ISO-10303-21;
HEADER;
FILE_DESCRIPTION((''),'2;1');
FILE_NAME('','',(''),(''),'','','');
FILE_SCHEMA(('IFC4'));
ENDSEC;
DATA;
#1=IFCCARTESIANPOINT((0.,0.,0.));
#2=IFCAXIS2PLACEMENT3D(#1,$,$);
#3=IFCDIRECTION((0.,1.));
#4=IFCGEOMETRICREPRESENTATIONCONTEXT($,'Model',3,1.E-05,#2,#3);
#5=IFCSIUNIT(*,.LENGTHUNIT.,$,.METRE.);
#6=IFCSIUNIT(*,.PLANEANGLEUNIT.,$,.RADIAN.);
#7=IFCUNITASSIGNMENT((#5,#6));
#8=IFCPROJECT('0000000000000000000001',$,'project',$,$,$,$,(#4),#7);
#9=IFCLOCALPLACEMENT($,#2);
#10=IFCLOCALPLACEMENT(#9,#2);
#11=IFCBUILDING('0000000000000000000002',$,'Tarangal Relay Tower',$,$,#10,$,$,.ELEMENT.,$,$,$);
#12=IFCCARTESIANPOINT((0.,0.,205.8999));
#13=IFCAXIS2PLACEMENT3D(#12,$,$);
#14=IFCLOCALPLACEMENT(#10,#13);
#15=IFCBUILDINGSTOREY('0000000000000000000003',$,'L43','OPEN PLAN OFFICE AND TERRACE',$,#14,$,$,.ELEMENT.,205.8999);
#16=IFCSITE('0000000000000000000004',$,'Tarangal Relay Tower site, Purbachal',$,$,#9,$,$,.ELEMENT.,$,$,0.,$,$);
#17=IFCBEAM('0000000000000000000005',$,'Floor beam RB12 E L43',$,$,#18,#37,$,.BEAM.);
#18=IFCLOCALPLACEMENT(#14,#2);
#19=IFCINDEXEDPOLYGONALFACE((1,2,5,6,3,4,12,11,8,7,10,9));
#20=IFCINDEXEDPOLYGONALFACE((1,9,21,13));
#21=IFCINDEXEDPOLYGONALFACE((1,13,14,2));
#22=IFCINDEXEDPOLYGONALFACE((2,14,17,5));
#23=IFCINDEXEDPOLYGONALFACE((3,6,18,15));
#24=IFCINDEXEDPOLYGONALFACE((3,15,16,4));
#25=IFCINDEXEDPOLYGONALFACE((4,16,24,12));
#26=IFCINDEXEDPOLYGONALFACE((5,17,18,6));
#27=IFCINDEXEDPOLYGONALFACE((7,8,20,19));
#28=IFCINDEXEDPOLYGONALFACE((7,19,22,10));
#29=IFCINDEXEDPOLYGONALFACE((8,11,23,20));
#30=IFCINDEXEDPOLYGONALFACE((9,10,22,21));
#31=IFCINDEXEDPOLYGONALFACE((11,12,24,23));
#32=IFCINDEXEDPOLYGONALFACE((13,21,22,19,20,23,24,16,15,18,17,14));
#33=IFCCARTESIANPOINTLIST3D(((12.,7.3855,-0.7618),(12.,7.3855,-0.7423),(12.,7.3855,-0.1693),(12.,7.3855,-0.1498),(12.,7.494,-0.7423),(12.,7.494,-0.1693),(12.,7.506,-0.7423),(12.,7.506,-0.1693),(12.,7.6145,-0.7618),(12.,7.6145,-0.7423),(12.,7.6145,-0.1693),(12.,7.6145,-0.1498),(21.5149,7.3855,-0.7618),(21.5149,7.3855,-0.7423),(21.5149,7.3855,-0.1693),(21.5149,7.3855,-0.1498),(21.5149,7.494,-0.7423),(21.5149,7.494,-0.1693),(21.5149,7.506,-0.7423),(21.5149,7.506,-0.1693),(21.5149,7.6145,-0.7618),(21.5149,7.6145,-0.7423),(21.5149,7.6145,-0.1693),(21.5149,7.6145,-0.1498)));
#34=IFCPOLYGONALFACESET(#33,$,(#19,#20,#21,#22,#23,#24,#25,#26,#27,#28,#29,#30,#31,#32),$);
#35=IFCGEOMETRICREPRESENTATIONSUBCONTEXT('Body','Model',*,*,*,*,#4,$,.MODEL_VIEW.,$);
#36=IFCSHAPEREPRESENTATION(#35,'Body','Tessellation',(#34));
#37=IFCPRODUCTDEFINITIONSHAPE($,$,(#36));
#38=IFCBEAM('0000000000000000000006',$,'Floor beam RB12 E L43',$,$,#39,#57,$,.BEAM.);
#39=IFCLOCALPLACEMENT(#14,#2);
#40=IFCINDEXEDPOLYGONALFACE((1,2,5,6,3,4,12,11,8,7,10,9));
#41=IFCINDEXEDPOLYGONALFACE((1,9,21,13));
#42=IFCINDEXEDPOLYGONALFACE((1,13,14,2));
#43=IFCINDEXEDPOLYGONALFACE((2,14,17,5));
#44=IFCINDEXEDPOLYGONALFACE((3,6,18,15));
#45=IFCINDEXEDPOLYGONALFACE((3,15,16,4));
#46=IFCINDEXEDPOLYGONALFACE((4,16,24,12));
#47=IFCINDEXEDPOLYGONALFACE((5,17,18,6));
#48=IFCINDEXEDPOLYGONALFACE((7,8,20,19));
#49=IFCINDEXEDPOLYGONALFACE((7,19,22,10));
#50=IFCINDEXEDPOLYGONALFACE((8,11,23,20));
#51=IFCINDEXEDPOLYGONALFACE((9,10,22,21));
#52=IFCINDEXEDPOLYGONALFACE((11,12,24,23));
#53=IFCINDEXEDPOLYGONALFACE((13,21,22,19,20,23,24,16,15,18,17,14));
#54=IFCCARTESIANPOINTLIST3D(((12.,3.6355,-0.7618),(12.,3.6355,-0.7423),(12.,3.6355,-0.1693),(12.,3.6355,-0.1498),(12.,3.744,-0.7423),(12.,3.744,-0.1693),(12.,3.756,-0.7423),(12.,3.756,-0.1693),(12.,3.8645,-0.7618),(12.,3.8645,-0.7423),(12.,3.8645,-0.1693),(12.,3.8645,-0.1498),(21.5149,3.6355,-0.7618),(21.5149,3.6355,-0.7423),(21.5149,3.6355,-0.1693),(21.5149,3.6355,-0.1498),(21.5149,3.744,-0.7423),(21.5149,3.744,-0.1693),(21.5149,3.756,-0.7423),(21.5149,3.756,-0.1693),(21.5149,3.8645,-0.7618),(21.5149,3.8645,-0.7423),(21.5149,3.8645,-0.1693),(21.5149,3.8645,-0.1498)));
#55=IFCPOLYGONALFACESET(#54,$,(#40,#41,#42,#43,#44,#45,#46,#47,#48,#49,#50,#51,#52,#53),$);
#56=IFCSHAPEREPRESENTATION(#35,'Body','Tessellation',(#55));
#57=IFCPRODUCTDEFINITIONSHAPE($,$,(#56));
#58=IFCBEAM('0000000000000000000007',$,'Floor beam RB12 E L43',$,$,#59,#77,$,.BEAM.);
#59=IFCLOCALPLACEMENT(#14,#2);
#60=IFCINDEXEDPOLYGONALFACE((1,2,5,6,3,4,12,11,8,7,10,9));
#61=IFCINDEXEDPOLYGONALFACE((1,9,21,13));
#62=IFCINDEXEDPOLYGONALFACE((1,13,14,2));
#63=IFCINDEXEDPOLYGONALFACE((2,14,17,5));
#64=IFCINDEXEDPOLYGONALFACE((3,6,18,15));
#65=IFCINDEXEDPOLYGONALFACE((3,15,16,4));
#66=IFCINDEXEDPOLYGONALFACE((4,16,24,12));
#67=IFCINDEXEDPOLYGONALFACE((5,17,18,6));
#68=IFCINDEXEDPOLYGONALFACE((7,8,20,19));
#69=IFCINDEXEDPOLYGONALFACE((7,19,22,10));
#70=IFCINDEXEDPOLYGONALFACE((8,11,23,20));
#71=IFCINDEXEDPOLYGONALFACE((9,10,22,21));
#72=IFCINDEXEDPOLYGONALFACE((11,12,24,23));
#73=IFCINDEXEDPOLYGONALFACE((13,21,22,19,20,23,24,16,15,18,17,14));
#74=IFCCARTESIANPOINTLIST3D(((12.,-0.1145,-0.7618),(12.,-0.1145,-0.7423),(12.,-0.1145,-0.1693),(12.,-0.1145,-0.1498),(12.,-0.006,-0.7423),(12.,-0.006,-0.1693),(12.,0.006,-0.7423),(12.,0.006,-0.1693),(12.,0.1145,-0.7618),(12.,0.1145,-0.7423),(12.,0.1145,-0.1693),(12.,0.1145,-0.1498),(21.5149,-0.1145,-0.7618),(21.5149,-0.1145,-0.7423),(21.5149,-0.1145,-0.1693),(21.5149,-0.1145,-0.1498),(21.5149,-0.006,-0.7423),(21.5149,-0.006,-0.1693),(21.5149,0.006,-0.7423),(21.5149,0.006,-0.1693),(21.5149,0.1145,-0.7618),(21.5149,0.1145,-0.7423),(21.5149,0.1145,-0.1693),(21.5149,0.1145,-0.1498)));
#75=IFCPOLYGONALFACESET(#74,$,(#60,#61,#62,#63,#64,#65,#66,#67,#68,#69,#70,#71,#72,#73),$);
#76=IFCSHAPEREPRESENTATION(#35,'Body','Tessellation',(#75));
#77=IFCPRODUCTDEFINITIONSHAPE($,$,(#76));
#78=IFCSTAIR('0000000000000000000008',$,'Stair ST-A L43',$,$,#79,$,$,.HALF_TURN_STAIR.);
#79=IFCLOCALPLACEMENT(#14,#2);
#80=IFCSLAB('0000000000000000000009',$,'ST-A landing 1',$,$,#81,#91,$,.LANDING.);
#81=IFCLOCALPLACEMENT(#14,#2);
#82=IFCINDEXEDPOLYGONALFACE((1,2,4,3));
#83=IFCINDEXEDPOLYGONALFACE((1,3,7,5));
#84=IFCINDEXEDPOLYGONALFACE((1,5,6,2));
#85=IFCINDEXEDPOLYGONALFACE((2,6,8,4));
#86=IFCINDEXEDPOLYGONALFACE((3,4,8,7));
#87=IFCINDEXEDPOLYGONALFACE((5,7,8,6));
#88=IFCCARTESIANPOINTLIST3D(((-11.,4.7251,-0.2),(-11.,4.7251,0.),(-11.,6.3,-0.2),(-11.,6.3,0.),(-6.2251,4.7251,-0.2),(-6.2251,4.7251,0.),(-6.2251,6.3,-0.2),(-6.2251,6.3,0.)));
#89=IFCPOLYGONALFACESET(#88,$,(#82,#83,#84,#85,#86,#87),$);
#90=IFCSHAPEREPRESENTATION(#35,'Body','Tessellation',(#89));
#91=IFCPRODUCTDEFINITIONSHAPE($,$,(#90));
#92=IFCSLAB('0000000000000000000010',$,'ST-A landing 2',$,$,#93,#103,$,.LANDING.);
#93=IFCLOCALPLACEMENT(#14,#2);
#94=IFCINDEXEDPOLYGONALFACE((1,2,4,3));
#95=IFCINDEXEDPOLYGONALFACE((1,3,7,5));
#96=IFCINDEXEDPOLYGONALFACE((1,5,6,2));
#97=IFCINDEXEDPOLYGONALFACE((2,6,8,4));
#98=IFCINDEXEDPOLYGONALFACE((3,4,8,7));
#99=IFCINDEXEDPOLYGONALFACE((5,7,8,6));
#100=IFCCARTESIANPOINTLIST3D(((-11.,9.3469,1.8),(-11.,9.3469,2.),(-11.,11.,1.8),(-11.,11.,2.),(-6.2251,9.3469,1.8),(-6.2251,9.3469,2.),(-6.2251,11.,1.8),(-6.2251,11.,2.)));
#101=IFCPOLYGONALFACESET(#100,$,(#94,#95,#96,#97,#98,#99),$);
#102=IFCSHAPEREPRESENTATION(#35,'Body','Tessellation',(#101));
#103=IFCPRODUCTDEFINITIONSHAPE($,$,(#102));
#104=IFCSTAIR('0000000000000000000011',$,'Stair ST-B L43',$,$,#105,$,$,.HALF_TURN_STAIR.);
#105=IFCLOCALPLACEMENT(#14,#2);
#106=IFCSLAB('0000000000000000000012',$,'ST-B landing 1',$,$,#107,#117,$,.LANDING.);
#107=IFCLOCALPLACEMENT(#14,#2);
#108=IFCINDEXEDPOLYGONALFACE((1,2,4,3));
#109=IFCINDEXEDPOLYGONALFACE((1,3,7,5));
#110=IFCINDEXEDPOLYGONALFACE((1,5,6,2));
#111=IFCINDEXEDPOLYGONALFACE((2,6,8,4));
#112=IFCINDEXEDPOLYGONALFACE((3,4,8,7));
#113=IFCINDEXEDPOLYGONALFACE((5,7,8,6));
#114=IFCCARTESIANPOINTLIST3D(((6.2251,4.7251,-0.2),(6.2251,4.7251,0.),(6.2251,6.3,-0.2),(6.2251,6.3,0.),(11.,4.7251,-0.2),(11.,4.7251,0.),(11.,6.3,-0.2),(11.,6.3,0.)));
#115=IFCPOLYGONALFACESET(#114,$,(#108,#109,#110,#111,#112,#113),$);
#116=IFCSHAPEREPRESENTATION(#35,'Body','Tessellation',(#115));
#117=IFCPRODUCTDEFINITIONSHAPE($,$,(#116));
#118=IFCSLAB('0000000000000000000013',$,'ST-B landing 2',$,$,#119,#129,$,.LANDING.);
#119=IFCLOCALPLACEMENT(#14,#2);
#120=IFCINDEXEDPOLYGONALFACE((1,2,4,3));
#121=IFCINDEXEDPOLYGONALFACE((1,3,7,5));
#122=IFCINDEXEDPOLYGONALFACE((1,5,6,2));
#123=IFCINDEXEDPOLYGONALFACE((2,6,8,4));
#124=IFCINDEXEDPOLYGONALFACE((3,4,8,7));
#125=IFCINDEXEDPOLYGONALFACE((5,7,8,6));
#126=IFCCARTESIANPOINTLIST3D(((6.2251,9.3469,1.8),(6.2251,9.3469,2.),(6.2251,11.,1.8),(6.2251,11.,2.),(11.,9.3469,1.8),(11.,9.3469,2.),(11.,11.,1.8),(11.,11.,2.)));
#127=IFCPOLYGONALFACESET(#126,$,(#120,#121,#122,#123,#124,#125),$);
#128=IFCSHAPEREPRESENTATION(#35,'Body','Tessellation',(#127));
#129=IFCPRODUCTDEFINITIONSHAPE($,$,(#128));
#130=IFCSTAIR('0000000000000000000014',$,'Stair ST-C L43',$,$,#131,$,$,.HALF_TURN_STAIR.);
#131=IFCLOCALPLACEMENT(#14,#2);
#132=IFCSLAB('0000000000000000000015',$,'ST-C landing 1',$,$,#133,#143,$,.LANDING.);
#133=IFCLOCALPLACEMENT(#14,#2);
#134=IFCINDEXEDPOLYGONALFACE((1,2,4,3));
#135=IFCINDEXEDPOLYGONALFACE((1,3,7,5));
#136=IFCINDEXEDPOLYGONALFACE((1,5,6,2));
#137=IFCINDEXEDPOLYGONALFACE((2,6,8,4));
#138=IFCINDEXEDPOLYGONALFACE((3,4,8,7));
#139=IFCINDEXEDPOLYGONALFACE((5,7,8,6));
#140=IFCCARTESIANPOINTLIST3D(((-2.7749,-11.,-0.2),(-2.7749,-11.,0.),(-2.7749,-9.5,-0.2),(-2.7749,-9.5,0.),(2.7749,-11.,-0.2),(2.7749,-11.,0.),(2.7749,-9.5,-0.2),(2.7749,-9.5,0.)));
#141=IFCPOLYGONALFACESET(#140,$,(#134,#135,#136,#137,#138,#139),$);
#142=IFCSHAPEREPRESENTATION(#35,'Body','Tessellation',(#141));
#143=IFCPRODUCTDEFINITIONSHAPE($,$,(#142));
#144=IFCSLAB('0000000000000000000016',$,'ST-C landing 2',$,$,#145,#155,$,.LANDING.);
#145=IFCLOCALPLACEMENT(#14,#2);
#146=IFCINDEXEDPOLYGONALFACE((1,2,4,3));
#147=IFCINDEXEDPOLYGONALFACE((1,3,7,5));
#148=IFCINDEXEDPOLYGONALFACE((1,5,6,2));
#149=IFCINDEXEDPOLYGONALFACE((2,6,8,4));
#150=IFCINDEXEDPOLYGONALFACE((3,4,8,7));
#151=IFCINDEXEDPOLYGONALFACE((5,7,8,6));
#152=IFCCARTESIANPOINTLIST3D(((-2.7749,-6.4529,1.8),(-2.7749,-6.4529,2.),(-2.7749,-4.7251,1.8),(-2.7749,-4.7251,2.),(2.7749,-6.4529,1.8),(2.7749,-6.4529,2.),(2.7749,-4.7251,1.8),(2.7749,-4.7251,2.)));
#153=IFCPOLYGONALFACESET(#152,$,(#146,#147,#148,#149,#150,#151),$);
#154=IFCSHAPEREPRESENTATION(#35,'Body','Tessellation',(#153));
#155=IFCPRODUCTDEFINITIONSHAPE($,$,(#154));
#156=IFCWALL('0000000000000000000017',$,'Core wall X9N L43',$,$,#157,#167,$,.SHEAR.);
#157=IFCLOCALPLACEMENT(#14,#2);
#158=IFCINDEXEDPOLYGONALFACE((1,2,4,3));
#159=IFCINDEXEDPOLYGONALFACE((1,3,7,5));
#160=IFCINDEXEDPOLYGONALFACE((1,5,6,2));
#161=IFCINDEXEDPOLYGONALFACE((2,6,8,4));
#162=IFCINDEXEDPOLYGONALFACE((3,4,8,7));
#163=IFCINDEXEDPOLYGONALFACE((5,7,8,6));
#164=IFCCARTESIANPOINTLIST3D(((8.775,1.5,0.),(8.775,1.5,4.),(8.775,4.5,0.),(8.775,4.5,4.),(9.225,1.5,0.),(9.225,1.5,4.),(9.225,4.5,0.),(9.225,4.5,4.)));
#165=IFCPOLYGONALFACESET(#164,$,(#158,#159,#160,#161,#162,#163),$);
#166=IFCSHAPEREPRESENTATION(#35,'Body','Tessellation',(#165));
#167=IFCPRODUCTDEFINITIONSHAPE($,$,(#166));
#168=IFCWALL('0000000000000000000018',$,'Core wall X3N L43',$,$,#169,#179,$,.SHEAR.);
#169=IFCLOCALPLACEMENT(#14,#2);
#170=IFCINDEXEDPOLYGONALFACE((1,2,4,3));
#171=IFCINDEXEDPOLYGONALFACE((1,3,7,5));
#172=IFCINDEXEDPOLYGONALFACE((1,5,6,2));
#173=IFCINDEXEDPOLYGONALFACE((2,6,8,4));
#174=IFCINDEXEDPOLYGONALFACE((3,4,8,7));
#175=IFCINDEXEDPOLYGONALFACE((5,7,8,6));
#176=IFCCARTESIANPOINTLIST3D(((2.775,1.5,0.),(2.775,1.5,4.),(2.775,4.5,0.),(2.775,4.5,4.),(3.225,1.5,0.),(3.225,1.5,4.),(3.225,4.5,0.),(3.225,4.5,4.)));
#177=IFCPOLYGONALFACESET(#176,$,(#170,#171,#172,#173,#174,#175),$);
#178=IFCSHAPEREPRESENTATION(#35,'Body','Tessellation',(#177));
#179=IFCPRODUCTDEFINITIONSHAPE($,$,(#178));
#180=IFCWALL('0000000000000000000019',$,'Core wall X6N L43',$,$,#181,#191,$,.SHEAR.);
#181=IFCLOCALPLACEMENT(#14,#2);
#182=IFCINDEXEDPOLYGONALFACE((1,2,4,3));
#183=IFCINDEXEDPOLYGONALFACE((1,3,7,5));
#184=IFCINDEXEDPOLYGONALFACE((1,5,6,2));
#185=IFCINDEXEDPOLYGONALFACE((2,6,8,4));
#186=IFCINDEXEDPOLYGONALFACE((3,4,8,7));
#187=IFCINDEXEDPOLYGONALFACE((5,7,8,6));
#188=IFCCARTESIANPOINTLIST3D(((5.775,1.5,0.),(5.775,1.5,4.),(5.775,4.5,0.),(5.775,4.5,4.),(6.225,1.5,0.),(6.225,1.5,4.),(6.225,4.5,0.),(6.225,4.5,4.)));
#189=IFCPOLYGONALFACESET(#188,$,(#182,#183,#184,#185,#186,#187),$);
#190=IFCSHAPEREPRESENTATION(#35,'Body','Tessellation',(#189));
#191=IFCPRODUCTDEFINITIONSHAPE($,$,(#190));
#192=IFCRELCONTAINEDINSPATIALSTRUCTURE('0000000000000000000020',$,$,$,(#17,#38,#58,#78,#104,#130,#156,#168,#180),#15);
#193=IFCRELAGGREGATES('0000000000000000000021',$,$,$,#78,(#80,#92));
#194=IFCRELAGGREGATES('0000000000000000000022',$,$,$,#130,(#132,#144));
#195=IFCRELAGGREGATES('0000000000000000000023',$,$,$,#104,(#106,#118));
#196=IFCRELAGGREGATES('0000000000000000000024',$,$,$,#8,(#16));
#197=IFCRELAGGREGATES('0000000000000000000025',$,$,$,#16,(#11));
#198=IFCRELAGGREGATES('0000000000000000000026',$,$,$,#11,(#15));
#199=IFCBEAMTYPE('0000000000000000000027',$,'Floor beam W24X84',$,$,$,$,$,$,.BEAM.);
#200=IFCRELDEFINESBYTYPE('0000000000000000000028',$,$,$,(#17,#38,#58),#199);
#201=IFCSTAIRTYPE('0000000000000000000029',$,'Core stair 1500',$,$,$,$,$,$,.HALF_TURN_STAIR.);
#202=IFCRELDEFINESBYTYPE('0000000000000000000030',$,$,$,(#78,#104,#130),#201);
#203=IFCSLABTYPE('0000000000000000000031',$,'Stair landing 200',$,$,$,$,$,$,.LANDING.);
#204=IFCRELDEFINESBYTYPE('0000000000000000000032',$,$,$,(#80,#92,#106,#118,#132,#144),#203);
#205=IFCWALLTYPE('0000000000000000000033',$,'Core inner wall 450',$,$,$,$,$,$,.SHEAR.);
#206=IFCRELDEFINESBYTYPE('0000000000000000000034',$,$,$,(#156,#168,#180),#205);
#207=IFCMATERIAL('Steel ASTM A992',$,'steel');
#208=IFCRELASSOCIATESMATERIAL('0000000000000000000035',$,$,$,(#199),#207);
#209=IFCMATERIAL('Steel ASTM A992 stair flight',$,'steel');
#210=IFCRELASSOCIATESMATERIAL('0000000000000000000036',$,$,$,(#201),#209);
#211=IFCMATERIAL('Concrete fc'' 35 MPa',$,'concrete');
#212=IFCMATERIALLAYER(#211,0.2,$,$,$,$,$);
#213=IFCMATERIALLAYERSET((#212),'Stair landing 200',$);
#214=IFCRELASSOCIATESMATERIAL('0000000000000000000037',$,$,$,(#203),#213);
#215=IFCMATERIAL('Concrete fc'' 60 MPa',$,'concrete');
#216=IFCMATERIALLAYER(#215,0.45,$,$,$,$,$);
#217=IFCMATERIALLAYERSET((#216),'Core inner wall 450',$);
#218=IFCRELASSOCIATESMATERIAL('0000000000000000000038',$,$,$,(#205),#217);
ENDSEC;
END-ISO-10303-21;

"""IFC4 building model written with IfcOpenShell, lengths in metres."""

from ifc_helpers import new_model, si_unit, direction, frame, frame_2d, origin, origin_2d, place, context, subcontext, project, spatial, polyline, rectangle, i_section, outline, extrude, material, layer, layer_set, material_profile, profile_set, type_object, element, aggregate, save


model = new_model("IFC4")

# Units and contexts
model_context = context("Model", 3, precision=1e-05, world=origin(), true_north=direction((0.0, 1.0)))
body_context = subcontext(model_context, "Body", "Model", "MODEL_VIEW")
ifc_project = project(units=[si_unit("LENGTHUNIT", "METRE"), si_unit("PLANEANGLEUNIT", "RADIAN")], contexts=[model_context])

# Site, building, storey
site_placement = place(None, origin())
site = spatial("IfcSite", under=ifc_project, at=site_placement, Name="Tarangal Relay Tower site, Purbachal", CompositionType="ELEMENT", RefElevation=0.0)
building_placement = place(site_placement, origin())
building = spatial("IfcBuilding", under=site, at=building_placement, Name="Tarangal Relay Tower", CompositionType="ELEMENT")
storey_placement = place(building_placement, frame((0.0, 0.0, 205.8999)))
storey = spatial("IfcBuildingStorey", under=building, at=storey_placement, Name="L43", Description="OPEN PLAN OFFICE AND TERRACE", CompositionType="ELEMENT", Elevation=205.8999)

# Beams
ifc_material_1 = material(Name="Steel ASTM A992", Category="steel")
ifc_material_profile = material_profile(ifc_material_1, i_section(OverallWidth=0.229, OverallDepth=0.6121, WebThickness=0.012, FlangeThickness=0.0195, at=origin_2d()), Name="W24X84")
ifc_profile_set = profile_set([ifc_material_profile], Name="Steel ASTM A992")
beam_type = type_object("IfcBeamType", Name="Floor beam W24X84", PredefinedType="BEAM", material=ifc_profile_set)
for number, where, z_axis, x_axis, name in (
    (1, (12.0, 7.5, -0.4558), (1.0, 0.0, 0.0), (0.0, 1.0, 0.0), "Floor beam RB12 E L43"),
    (2, (12.0, 3.75, -0.4558), (1.0, 0.0, 0.0), (0.0, 1.0, 0.0), "Floor beam RB12 E L43"),
    (3, (12.0, 0.0, -0.4558), (1.0, 0.0, 0.0), (0.0, 1.0, 0.0), "Floor beam RB12 E L43"),
):
    element("IfcBeam", number, at=place(storey_placement, frame(where, z_axis=z_axis, x_axis=x_axis)), inside=storey, type_object=beam_type, Name=name, PredefinedType="BEAM", context=body_context, shape_type="SweptSolid", body=[
        extrude(i_section(OverallWidth=0.229, OverallDepth=0.6121, WebThickness=0.012, FlangeThickness=0.0195, at=origin_2d()), origin(), (0.0, 0.0, 1.0), 9.5149),
    ])

# Stairs, slabs
ifc_material_2 = material(Name="Steel ASTM A992 stair flight", Category="steel")
stair_type = type_object("IfcStairType", Name="Core stair 1500", PredefinedType="HALF_TURN_STAIR", material=ifc_material_2)
stair_1_placement = place(storey_placement, origin())
stair_1 = element("IfcStair", 4, at=stair_1_placement, inside=storey, type_object=stair_type, Name="Stair ST-A L43", PredefinedType="HALF_TURN_STAIR")
ifc_material_3 = material(Name="Concrete fc' 35 MPa", Category="concrete")
ifc_layer_1 = layer(ifc_material_3, 0.2)
ifc_layer_set_1 = layer_set([ifc_layer_1], Name="Stair landing 200")
slab_type = type_object("IfcSlabType", Name="Stair landing 200", PredefinedType="LANDING", material=ifc_layer_set_1)
slab_1_placement = place(storey_placement, frame((0.0, 0.0, -0.2)))
slab_1 = element("IfcSlab", 5, at=slab_1_placement, type_object=slab_type, Name="ST-A landing 1", PredefinedType="LANDING", context=body_context, shape_type="SweptSolid", body=[
    extrude(outline(polyline([(-11.0, 4.7251), (-6.2251, 4.7251), (-6.2251, 6.3), (-11.0, 6.3), (-11.0, 4.7251)])), origin(), (0.0, 0.0, 1.0), 0.2),
])
slab_2_placement = place(storey_placement, frame((0.0, 0.0, 1.8)))
slab_2 = element("IfcSlab", 6, at=slab_2_placement, type_object=slab_type, Name="ST-A landing 2", PredefinedType="LANDING", context=body_context, shape_type="SweptSolid", body=[
    extrude(outline(polyline([(-11.0, 9.3469), (-6.2251, 9.3469), (-6.2251, 11.0), (-11.0, 11.0), (-11.0, 9.3469)])), origin(), (0.0, 0.0, 1.0), 0.2),
])
aggregate(stair_1, [slab_1, slab_2])
stair_2_placement = place(storey_placement, origin())
stair_2 = element("IfcStair", 7, at=stair_2_placement, inside=storey, type_object=stair_type, Name="Stair ST-B L43", PredefinedType="HALF_TURN_STAIR")
slab_3_placement = place(storey_placement, frame((0.0, 0.0, -0.2)))
slab_3 = element("IfcSlab", 8, at=slab_3_placement, type_object=slab_type, Name="ST-B landing 1", PredefinedType="LANDING", context=body_context, shape_type="SweptSolid", body=[
    extrude(outline(polyline([(6.2251, 4.7251), (11.0, 4.7251), (11.0, 6.3), (6.2251, 6.3), (6.2251, 4.7251)])), origin(), (0.0, 0.0, 1.0), 0.2),
])
slab_4_placement = place(storey_placement, frame((0.0, 0.0, 1.8)))
slab_4 = element("IfcSlab", 9, at=slab_4_placement, type_object=slab_type, Name="ST-B landing 2", PredefinedType="LANDING", context=body_context, shape_type="SweptSolid", body=[
    extrude(outline(polyline([(6.2251, 9.3469), (11.0, 9.3469), (11.0, 11.0), (6.2251, 11.0), (6.2251, 9.3469)])), origin(), (0.0, 0.0, 1.0), 0.2),
])
stair_3_placement = place(storey_placement, origin())
stair_3 = element("IfcStair", 10, at=stair_3_placement, inside=storey, type_object=stair_type, Name="Stair ST-C L43", PredefinedType="HALF_TURN_STAIR")
slab_5_placement = place(storey_placement, frame((0.0, 0.0, -0.2)))
slab_5 = element("IfcSlab", 11, at=slab_5_placement, type_object=slab_type, Name="ST-C landing 1", PredefinedType="LANDING", context=body_context, shape_type="SweptSolid", body=[
    extrude(outline(polyline([(-2.7749, -11.0), (2.7749, -11.0), (2.7749, -9.5), (-2.7749, -9.5), (-2.7749, -11.0)])), origin(), (0.0, 0.0, 1.0), 0.2),
])
slab_6_placement = place(storey_placement, frame((0.0, 0.0, 1.8)))
slab_6 = element("IfcSlab", 12, at=slab_6_placement, type_object=slab_type, Name="ST-C landing 2", PredefinedType="LANDING", context=body_context, shape_type="SweptSolid", body=[
    extrude(outline(polyline([(-2.7749, -6.4529), (2.7749, -6.4529), (2.7749, -4.7251), (-2.7749, -4.7251), (-2.7749, -6.4529)])), origin(), (0.0, 0.0, 1.0), 0.2),
])
aggregate(stair_3, [slab_5, slab_6])

# Walls
ifc_material_4 = material(Name="Concrete fc' 60 MPa", Category="concrete")
ifc_layer_2 = layer(ifc_material_4, 0.45)
ifc_layer_set_2 = layer_set([ifc_layer_2], Name="Core inner wall 450")
wall_type = type_object("IfcWallType", Name="Core inner wall 450", PredefinedType="SHEAR", material=ifc_layer_set_2)
for number, where, z_axis, x_axis, name in (
    (13, (9.0, 1.5, 0.0), (0.0, 0.0, 1.0), (0.0, 1.0, 0.0), "Core wall X9N L43"),
    (14, (3.0, 1.5, 0.0), (0.0, 0.0, 1.0), (0.0, 1.0, 0.0), "Core wall X3N L43"),
    (15, (6.0, 1.5, 0.0), (0.0, 0.0, 1.0), (0.0, 1.0, 0.0), "Core wall X6N L43"),
):
    element("IfcWall", number, at=place(storey_placement, frame(where, z_axis=z_axis, x_axis=x_axis)), inside=storey, type_object=wall_type, Name=name, PredefinedType="SHEAR", context=body_context, shape_type="SweptSolid", body=[
        extrude(rectangle(XDim=3.0, YDim=0.45, at=frame_2d((1.5, 0.0))), origin(), (0.0, 0.0, 1.0), 4.0),
    ])

aggregate(stair_2, [slab_3, slab_4])

save(model, "model.ifc")
